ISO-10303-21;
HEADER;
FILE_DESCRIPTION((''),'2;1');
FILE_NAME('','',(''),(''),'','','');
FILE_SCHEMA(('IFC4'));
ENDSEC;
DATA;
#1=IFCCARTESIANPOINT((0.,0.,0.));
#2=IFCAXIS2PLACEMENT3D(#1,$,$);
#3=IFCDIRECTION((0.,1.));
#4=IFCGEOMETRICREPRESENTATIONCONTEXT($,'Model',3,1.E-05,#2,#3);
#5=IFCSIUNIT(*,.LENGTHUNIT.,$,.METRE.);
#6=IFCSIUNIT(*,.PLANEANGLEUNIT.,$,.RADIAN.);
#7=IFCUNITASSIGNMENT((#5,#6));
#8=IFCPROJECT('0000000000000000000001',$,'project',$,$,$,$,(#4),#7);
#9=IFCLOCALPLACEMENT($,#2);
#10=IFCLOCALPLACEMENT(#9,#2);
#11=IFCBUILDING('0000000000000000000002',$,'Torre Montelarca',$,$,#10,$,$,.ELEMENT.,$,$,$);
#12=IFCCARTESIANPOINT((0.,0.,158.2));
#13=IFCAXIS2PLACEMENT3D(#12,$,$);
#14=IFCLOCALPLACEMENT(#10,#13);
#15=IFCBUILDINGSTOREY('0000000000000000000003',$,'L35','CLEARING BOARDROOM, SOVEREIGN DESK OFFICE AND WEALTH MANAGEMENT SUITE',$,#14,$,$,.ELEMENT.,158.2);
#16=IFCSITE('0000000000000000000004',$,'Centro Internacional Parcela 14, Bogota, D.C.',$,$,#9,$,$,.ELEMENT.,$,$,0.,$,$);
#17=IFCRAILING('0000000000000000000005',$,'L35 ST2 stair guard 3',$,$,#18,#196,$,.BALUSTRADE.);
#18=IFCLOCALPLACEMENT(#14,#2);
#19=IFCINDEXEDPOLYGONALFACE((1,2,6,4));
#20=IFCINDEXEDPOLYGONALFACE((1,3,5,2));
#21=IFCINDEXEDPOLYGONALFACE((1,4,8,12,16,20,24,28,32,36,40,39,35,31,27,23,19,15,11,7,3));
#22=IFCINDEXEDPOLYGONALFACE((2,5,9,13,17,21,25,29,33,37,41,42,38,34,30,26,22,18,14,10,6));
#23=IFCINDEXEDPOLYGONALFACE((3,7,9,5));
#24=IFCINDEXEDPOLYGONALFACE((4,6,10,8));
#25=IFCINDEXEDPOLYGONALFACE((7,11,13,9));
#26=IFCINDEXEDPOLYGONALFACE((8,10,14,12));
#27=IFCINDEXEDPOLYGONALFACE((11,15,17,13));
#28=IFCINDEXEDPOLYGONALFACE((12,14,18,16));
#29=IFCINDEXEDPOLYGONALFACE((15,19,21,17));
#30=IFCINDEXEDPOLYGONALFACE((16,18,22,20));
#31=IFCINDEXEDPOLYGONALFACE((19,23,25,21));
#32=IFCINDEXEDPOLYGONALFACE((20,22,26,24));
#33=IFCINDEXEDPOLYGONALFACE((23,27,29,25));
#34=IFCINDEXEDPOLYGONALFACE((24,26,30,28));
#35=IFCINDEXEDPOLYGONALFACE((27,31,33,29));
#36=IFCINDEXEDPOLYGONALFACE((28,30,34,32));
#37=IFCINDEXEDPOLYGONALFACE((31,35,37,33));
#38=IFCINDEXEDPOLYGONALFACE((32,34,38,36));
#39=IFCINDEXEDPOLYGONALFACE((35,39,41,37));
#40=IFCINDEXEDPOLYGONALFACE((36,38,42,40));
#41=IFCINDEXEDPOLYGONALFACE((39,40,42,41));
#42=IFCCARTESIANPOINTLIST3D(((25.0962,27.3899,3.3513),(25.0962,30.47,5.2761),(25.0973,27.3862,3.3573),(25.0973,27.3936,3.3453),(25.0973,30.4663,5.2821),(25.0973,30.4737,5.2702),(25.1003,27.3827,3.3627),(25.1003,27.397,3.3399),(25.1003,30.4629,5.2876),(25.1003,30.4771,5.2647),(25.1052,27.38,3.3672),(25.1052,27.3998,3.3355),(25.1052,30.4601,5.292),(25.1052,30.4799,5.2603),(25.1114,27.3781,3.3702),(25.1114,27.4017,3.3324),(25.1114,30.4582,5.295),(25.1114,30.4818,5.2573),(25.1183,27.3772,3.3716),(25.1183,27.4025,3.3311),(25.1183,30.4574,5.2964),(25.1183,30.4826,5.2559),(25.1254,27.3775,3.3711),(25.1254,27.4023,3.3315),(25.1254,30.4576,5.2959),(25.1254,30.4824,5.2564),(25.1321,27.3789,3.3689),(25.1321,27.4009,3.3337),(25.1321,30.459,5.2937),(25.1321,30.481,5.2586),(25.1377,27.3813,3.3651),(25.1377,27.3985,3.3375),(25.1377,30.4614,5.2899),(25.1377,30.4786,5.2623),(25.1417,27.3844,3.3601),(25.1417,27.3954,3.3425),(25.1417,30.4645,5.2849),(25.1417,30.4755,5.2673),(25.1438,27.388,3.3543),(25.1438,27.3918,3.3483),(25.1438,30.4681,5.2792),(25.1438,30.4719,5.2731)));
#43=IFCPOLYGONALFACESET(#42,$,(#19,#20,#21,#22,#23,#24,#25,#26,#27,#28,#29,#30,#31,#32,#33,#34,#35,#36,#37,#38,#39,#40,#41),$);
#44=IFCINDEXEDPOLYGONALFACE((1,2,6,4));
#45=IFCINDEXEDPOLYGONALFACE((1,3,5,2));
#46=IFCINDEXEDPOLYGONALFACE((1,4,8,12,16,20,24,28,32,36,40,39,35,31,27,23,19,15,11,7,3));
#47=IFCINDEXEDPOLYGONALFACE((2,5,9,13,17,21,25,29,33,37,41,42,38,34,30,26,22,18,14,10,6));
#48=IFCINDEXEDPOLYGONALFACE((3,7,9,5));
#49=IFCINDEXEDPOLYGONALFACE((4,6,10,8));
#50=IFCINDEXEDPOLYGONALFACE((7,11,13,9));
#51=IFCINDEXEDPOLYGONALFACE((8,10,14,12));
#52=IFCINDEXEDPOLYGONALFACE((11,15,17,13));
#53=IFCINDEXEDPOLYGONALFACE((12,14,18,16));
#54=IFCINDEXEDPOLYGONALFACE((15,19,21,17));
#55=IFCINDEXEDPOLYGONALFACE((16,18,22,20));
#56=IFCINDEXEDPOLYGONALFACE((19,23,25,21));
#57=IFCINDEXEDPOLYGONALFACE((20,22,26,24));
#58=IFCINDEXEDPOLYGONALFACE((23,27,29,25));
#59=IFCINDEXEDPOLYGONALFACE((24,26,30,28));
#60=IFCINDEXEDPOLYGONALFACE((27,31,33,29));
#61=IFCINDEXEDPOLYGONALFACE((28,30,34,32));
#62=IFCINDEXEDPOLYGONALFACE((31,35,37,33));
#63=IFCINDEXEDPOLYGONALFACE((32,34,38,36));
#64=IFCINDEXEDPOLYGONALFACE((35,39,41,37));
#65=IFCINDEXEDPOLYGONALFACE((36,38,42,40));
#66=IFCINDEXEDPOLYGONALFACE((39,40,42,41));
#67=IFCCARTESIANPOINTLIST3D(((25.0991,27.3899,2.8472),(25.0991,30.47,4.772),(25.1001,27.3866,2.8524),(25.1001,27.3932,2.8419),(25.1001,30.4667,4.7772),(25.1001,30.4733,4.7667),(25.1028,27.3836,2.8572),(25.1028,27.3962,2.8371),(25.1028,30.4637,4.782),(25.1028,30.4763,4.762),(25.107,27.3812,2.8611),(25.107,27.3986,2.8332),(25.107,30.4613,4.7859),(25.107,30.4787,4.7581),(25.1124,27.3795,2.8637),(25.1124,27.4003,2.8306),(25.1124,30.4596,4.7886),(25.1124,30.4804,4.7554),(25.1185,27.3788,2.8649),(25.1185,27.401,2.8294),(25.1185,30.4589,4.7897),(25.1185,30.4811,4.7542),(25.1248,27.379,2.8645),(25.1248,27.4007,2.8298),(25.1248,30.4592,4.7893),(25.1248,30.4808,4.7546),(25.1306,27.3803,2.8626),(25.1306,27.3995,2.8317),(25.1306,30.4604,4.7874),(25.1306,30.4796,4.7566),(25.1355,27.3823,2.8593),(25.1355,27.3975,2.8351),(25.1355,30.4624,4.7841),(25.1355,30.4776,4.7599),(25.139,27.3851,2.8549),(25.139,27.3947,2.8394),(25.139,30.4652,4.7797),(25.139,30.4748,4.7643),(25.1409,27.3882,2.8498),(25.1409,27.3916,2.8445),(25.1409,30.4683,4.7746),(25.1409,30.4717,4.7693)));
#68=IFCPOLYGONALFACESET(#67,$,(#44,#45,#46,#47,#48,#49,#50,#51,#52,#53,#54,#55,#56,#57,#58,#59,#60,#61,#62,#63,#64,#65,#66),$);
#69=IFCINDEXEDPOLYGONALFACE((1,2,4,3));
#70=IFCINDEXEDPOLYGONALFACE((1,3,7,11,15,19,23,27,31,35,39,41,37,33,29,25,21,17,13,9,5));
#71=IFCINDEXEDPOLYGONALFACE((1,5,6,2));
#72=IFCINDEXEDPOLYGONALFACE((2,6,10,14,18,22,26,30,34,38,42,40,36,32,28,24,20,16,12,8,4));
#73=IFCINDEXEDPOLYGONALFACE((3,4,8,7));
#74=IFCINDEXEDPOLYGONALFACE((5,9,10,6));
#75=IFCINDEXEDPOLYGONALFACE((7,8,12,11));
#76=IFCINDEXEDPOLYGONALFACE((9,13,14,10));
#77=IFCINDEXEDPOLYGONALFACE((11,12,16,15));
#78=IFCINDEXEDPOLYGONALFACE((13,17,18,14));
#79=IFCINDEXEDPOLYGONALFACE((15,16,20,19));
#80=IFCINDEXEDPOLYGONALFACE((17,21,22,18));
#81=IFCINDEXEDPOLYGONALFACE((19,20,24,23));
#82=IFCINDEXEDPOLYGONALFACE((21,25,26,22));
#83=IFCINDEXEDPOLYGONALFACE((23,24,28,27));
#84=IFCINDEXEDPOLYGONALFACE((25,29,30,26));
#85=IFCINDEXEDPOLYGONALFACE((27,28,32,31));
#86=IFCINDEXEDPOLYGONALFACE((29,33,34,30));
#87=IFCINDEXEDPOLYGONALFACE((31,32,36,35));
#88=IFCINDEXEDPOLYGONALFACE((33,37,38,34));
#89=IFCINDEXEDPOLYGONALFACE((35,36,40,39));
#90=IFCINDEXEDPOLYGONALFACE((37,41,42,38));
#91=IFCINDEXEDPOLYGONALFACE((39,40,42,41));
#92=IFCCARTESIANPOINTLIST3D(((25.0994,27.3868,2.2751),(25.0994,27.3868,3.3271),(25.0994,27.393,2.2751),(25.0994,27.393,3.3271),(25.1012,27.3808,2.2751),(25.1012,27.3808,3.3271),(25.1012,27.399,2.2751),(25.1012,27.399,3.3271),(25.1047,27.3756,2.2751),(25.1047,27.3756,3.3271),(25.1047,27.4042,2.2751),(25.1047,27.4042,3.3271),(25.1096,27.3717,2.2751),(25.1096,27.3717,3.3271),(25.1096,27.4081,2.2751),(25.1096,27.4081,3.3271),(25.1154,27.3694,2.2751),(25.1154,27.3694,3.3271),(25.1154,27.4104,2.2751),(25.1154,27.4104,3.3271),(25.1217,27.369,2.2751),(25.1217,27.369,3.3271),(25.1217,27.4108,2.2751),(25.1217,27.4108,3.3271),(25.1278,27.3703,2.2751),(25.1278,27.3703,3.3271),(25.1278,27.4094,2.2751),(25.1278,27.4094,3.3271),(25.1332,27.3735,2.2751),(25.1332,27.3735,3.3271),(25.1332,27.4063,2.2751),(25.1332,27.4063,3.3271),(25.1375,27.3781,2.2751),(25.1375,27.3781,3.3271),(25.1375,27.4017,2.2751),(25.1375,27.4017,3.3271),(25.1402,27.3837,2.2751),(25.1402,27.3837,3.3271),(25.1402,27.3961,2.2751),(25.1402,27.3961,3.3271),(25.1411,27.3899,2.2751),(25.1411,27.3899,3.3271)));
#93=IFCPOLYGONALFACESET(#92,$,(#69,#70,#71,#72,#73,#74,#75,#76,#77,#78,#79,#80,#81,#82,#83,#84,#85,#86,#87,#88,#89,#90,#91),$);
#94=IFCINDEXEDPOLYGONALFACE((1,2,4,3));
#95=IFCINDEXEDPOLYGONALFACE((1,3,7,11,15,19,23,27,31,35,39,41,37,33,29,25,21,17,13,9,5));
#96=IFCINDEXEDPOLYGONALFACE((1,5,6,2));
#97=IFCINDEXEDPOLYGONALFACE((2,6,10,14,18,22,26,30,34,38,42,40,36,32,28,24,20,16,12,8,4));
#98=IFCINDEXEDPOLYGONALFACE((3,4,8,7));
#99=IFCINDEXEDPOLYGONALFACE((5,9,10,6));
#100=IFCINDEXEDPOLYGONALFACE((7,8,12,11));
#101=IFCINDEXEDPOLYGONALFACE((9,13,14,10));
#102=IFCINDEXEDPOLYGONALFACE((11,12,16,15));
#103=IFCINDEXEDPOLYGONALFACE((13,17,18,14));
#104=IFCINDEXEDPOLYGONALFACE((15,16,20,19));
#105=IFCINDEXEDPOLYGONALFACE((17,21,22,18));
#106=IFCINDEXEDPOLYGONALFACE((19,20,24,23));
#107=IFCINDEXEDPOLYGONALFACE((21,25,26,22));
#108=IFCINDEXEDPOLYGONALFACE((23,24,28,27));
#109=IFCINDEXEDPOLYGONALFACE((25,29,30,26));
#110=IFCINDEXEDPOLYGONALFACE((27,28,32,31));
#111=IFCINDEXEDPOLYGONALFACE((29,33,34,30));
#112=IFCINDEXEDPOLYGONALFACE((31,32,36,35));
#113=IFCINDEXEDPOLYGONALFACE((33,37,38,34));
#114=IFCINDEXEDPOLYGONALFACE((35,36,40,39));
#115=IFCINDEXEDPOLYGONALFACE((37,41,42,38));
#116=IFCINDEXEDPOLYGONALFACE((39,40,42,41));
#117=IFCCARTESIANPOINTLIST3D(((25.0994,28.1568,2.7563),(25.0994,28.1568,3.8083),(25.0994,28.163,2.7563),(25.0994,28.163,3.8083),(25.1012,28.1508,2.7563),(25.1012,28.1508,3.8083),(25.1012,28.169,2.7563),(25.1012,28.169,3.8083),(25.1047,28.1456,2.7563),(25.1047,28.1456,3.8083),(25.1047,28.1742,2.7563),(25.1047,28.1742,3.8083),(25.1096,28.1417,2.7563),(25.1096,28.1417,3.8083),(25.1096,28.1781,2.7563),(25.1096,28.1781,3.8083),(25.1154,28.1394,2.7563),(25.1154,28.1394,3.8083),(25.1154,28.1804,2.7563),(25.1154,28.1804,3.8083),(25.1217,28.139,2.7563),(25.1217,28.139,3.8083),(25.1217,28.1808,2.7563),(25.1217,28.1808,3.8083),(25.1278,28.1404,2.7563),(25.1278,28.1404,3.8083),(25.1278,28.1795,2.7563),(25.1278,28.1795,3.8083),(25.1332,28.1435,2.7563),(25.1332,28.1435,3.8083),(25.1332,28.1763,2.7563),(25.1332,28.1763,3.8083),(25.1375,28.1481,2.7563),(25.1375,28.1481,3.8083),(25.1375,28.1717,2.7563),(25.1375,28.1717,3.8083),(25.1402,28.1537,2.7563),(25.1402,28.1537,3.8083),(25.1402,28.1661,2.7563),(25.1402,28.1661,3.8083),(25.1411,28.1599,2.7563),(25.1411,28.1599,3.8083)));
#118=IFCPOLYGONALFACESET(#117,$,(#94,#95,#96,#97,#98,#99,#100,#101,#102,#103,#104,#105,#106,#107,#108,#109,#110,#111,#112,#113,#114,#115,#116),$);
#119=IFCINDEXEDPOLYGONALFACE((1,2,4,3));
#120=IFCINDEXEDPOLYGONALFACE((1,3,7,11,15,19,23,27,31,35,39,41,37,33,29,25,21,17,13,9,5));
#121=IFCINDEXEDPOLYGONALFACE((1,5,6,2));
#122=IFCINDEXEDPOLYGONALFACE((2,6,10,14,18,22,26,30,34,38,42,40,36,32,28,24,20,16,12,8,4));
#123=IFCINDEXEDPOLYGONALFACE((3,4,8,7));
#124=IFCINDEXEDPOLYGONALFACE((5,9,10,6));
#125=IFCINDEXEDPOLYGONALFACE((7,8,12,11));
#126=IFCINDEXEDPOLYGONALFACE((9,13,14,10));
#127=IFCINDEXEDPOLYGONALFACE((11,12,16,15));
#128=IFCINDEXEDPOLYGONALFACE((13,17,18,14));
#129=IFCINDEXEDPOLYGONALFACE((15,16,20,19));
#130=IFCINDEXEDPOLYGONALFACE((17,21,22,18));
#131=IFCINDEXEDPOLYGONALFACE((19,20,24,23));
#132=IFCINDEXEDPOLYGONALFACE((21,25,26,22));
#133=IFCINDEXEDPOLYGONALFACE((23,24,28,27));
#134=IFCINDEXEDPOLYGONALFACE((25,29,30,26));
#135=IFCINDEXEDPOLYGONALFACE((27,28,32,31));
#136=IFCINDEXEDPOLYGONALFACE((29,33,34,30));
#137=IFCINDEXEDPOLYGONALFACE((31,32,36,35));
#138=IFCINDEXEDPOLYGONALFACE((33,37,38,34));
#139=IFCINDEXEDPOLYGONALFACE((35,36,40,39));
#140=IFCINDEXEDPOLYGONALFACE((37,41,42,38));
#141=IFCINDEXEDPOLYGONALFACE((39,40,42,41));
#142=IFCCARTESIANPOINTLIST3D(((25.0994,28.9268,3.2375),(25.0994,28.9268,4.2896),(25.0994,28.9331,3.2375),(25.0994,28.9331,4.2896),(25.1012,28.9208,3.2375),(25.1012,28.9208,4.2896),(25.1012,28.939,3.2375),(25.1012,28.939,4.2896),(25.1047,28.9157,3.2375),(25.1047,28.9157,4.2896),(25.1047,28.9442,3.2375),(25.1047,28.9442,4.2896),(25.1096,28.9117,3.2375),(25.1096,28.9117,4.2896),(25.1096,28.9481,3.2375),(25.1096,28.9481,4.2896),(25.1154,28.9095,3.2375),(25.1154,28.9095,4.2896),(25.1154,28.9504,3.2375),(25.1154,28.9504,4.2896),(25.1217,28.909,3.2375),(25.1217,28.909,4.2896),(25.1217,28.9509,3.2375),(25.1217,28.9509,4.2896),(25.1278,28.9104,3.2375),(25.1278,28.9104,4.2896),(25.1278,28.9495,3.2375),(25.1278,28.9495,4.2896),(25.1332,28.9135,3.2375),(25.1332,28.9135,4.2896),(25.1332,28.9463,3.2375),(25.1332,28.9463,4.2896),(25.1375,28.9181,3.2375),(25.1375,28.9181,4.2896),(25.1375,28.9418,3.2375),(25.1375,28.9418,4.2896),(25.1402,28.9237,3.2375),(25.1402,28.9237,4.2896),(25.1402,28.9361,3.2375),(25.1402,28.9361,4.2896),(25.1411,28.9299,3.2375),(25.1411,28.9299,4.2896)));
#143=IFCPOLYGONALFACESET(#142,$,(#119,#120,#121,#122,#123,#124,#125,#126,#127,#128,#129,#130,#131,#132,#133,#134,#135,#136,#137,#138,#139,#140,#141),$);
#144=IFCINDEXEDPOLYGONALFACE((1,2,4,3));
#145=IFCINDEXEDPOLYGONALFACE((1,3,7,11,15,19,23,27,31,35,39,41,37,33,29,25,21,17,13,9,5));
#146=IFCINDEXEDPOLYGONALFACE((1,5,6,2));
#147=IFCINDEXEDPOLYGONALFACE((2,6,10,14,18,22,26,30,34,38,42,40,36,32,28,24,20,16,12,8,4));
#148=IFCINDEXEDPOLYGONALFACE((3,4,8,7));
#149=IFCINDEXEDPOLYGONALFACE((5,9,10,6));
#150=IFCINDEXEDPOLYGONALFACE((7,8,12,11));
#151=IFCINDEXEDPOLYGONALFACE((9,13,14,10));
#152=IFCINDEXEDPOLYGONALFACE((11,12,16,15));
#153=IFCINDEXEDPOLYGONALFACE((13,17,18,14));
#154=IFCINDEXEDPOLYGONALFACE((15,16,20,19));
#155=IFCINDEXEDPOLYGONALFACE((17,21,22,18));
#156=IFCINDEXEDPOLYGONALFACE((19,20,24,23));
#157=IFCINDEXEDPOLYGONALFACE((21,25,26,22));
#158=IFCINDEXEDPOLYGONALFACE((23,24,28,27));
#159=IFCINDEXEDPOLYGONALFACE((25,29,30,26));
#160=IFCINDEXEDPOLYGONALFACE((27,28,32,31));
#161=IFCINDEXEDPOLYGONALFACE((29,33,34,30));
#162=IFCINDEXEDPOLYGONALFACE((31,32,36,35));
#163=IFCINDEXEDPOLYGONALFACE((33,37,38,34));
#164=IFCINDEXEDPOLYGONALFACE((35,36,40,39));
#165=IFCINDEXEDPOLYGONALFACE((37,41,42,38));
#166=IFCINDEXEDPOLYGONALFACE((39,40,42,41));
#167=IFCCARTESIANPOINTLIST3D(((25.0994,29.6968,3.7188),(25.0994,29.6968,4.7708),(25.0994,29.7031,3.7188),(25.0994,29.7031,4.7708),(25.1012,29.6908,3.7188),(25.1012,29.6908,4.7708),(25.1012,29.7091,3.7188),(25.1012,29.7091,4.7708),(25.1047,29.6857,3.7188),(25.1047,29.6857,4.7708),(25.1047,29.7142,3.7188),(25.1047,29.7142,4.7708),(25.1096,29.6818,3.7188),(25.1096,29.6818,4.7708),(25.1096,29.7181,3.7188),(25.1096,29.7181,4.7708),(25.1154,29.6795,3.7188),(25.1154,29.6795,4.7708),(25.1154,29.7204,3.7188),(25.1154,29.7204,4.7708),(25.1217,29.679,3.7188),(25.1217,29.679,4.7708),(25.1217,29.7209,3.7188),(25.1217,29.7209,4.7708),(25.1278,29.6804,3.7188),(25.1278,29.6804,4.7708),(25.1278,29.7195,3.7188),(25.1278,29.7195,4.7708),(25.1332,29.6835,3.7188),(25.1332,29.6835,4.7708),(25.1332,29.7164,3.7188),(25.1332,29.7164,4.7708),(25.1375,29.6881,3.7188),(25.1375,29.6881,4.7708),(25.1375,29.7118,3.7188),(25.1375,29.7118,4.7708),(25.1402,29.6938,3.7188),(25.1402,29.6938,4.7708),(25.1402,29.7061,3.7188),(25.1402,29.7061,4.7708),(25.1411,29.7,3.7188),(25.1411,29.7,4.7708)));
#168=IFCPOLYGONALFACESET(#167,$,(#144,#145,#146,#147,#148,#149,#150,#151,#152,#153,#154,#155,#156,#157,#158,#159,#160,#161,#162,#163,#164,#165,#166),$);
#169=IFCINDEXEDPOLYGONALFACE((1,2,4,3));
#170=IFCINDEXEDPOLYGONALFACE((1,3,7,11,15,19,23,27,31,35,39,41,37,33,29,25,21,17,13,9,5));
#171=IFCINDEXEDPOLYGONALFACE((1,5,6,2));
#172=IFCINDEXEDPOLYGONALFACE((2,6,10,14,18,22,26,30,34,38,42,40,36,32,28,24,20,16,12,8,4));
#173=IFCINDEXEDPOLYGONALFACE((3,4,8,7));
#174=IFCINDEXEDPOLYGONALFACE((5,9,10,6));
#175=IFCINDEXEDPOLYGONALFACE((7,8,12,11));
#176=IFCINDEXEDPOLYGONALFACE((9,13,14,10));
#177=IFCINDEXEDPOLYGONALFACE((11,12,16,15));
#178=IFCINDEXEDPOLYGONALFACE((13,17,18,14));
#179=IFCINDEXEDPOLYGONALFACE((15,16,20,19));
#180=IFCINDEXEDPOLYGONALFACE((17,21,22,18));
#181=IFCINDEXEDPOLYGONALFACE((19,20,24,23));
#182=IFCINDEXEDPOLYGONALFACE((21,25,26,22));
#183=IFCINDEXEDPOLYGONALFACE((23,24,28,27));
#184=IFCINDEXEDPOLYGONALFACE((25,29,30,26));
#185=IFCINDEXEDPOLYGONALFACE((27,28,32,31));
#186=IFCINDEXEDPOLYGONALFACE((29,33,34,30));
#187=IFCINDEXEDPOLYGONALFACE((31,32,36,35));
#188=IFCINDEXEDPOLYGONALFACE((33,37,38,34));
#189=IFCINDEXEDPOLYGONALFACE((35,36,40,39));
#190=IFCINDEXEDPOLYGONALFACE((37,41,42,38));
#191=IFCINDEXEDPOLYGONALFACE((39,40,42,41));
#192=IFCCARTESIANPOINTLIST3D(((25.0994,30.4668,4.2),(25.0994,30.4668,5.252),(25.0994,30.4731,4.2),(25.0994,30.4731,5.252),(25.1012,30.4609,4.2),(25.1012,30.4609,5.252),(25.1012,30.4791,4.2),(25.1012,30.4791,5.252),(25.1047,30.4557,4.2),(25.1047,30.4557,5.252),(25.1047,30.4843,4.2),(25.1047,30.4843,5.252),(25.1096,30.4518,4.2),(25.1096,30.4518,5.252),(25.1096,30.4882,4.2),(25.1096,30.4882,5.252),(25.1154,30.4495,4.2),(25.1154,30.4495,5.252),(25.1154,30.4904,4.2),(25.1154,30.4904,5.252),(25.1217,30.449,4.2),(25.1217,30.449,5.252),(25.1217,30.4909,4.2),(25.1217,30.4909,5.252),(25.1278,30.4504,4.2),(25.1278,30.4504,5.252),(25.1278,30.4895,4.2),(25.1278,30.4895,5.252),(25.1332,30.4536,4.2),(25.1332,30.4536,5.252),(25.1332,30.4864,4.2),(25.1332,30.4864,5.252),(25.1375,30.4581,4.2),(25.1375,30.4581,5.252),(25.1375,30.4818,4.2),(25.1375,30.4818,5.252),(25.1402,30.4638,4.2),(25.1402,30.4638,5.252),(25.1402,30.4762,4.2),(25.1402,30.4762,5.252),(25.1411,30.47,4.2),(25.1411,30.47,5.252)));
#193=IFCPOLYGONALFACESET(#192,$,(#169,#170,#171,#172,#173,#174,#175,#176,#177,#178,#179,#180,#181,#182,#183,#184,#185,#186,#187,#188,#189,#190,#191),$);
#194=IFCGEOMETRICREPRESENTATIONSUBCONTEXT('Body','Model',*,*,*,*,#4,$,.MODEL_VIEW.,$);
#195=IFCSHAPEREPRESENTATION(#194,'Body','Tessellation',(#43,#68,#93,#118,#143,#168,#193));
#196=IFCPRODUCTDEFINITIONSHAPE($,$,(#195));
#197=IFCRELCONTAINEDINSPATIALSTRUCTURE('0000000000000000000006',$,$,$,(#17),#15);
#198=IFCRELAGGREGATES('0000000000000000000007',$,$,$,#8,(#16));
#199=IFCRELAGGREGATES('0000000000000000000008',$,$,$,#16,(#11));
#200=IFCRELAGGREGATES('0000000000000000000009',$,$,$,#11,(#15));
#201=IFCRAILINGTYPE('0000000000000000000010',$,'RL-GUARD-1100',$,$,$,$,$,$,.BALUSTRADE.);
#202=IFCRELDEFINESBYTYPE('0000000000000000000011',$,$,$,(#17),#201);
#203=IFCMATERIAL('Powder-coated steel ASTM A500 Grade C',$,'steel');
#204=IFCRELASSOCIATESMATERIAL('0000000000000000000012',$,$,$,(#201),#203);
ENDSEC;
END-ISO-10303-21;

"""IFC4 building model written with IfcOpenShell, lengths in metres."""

from ifc_helpers import new_model, si_unit, direction, frame, origin, origin_2d, place, context, subcontext, project, spatial, circle, extrude, material, type_object, element, save


model = new_model("IFC4")

# Units and contexts
model_context = context("Model", 3, precision=1e-05, world=origin(), true_north=direction((0.0, 1.0)))
body_context = subcontext(model_context, "Body", "Model", "MODEL_VIEW")
ifc_project = project(units=[si_unit("LENGTHUNIT", "METRE"), si_unit("PLANEANGLEUNIT", "RADIAN")], contexts=[model_context])

# Site, building, storey
site_placement = place(None, origin())
site = spatial("IfcSite", under=ifc_project, at=site_placement, Name="Centro Internacional Parcela 14, Bogota, D.C.", CompositionType="ELEMENT", RefElevation=0.0)
building_placement = place(site_placement, origin())
building = spatial("IfcBuilding", under=site, at=building_placement, Name="Torre Montelarca", CompositionType="ELEMENT")
storey_placement = place(building_placement, frame((0.0, 0.0, 158.2)))
storey = spatial("IfcBuildingStorey", under=building, at=storey_placement, Name="L35", Description="CLEARING BOARDROOM, SOVEREIGN DESK OFFICE AND WEALTH MANAGEMENT SUITE", CompositionType="ELEMENT", Elevation=158.2)

# Railing
ifc_material_1 = material(Name="Powder-coated steel ASTM A500 Grade C", Category="steel")
railing_type_1 = type_object("IfcRailingType", Name="RL-GUARD-1100", PredefinedType="BALUSTRADE", material=ifc_material_1)
railing_1_placement = place(storey_placement, frame((25.1201, 27.3899, 2.2751)))
element("IfcRailing", 1, at=railing_1_placement, inside=storey, type_object=railing_type_1, Name="L35 ST2 stair guard 3", PredefinedType="BALUSTRADE", context=body_context, shape_type="SweptSolid", body=[
    extrude(circle(Radius=0.0239, at=origin_2d()), frame((0.0, 0.0, 1.0762), z_axis=(0.0, 0.848029, 0.529951), x_axis=(-1.0, 0.0, 0.0)), (0.0, 0.0, 1.0), 3.6321),
    extrude(circle(Radius=0.021, at=origin_2d()), frame((0.0, 0.0, 0.572), z_axis=(0.0, 0.848029, 0.529951), x_axis=(-1.0, 0.0, 0.0)), (0.0, 0.0, 1.0), 3.6321),
    extrude(circle(Radius=0.021, at=origin_2d()), origin(), (0.0, 0.0, 1.0), 1.052),
    extrude(circle(Radius=0.021, at=origin_2d()), frame((0.0, 0.77, 0.4812)), (0.0, 0.0, 1.0), 1.052),
    extrude(circle(Radius=0.021, at=origin_2d()), frame((0.0, 1.54, 0.9624)), (0.0, 0.0, 1.0), 1.052),
    extrude(circle(Radius=0.021, at=origin_2d()), frame((0.0, 2.3101, 1.4436)), (0.0, 0.0, 1.0), 1.052),
    extrude(circle(Radius=0.021, at=origin_2d()), frame((0.0, 3.0801, 1.9248)), (0.0, 0.0, 1.0), 1.052),
])

save(model, "model.ifc")
